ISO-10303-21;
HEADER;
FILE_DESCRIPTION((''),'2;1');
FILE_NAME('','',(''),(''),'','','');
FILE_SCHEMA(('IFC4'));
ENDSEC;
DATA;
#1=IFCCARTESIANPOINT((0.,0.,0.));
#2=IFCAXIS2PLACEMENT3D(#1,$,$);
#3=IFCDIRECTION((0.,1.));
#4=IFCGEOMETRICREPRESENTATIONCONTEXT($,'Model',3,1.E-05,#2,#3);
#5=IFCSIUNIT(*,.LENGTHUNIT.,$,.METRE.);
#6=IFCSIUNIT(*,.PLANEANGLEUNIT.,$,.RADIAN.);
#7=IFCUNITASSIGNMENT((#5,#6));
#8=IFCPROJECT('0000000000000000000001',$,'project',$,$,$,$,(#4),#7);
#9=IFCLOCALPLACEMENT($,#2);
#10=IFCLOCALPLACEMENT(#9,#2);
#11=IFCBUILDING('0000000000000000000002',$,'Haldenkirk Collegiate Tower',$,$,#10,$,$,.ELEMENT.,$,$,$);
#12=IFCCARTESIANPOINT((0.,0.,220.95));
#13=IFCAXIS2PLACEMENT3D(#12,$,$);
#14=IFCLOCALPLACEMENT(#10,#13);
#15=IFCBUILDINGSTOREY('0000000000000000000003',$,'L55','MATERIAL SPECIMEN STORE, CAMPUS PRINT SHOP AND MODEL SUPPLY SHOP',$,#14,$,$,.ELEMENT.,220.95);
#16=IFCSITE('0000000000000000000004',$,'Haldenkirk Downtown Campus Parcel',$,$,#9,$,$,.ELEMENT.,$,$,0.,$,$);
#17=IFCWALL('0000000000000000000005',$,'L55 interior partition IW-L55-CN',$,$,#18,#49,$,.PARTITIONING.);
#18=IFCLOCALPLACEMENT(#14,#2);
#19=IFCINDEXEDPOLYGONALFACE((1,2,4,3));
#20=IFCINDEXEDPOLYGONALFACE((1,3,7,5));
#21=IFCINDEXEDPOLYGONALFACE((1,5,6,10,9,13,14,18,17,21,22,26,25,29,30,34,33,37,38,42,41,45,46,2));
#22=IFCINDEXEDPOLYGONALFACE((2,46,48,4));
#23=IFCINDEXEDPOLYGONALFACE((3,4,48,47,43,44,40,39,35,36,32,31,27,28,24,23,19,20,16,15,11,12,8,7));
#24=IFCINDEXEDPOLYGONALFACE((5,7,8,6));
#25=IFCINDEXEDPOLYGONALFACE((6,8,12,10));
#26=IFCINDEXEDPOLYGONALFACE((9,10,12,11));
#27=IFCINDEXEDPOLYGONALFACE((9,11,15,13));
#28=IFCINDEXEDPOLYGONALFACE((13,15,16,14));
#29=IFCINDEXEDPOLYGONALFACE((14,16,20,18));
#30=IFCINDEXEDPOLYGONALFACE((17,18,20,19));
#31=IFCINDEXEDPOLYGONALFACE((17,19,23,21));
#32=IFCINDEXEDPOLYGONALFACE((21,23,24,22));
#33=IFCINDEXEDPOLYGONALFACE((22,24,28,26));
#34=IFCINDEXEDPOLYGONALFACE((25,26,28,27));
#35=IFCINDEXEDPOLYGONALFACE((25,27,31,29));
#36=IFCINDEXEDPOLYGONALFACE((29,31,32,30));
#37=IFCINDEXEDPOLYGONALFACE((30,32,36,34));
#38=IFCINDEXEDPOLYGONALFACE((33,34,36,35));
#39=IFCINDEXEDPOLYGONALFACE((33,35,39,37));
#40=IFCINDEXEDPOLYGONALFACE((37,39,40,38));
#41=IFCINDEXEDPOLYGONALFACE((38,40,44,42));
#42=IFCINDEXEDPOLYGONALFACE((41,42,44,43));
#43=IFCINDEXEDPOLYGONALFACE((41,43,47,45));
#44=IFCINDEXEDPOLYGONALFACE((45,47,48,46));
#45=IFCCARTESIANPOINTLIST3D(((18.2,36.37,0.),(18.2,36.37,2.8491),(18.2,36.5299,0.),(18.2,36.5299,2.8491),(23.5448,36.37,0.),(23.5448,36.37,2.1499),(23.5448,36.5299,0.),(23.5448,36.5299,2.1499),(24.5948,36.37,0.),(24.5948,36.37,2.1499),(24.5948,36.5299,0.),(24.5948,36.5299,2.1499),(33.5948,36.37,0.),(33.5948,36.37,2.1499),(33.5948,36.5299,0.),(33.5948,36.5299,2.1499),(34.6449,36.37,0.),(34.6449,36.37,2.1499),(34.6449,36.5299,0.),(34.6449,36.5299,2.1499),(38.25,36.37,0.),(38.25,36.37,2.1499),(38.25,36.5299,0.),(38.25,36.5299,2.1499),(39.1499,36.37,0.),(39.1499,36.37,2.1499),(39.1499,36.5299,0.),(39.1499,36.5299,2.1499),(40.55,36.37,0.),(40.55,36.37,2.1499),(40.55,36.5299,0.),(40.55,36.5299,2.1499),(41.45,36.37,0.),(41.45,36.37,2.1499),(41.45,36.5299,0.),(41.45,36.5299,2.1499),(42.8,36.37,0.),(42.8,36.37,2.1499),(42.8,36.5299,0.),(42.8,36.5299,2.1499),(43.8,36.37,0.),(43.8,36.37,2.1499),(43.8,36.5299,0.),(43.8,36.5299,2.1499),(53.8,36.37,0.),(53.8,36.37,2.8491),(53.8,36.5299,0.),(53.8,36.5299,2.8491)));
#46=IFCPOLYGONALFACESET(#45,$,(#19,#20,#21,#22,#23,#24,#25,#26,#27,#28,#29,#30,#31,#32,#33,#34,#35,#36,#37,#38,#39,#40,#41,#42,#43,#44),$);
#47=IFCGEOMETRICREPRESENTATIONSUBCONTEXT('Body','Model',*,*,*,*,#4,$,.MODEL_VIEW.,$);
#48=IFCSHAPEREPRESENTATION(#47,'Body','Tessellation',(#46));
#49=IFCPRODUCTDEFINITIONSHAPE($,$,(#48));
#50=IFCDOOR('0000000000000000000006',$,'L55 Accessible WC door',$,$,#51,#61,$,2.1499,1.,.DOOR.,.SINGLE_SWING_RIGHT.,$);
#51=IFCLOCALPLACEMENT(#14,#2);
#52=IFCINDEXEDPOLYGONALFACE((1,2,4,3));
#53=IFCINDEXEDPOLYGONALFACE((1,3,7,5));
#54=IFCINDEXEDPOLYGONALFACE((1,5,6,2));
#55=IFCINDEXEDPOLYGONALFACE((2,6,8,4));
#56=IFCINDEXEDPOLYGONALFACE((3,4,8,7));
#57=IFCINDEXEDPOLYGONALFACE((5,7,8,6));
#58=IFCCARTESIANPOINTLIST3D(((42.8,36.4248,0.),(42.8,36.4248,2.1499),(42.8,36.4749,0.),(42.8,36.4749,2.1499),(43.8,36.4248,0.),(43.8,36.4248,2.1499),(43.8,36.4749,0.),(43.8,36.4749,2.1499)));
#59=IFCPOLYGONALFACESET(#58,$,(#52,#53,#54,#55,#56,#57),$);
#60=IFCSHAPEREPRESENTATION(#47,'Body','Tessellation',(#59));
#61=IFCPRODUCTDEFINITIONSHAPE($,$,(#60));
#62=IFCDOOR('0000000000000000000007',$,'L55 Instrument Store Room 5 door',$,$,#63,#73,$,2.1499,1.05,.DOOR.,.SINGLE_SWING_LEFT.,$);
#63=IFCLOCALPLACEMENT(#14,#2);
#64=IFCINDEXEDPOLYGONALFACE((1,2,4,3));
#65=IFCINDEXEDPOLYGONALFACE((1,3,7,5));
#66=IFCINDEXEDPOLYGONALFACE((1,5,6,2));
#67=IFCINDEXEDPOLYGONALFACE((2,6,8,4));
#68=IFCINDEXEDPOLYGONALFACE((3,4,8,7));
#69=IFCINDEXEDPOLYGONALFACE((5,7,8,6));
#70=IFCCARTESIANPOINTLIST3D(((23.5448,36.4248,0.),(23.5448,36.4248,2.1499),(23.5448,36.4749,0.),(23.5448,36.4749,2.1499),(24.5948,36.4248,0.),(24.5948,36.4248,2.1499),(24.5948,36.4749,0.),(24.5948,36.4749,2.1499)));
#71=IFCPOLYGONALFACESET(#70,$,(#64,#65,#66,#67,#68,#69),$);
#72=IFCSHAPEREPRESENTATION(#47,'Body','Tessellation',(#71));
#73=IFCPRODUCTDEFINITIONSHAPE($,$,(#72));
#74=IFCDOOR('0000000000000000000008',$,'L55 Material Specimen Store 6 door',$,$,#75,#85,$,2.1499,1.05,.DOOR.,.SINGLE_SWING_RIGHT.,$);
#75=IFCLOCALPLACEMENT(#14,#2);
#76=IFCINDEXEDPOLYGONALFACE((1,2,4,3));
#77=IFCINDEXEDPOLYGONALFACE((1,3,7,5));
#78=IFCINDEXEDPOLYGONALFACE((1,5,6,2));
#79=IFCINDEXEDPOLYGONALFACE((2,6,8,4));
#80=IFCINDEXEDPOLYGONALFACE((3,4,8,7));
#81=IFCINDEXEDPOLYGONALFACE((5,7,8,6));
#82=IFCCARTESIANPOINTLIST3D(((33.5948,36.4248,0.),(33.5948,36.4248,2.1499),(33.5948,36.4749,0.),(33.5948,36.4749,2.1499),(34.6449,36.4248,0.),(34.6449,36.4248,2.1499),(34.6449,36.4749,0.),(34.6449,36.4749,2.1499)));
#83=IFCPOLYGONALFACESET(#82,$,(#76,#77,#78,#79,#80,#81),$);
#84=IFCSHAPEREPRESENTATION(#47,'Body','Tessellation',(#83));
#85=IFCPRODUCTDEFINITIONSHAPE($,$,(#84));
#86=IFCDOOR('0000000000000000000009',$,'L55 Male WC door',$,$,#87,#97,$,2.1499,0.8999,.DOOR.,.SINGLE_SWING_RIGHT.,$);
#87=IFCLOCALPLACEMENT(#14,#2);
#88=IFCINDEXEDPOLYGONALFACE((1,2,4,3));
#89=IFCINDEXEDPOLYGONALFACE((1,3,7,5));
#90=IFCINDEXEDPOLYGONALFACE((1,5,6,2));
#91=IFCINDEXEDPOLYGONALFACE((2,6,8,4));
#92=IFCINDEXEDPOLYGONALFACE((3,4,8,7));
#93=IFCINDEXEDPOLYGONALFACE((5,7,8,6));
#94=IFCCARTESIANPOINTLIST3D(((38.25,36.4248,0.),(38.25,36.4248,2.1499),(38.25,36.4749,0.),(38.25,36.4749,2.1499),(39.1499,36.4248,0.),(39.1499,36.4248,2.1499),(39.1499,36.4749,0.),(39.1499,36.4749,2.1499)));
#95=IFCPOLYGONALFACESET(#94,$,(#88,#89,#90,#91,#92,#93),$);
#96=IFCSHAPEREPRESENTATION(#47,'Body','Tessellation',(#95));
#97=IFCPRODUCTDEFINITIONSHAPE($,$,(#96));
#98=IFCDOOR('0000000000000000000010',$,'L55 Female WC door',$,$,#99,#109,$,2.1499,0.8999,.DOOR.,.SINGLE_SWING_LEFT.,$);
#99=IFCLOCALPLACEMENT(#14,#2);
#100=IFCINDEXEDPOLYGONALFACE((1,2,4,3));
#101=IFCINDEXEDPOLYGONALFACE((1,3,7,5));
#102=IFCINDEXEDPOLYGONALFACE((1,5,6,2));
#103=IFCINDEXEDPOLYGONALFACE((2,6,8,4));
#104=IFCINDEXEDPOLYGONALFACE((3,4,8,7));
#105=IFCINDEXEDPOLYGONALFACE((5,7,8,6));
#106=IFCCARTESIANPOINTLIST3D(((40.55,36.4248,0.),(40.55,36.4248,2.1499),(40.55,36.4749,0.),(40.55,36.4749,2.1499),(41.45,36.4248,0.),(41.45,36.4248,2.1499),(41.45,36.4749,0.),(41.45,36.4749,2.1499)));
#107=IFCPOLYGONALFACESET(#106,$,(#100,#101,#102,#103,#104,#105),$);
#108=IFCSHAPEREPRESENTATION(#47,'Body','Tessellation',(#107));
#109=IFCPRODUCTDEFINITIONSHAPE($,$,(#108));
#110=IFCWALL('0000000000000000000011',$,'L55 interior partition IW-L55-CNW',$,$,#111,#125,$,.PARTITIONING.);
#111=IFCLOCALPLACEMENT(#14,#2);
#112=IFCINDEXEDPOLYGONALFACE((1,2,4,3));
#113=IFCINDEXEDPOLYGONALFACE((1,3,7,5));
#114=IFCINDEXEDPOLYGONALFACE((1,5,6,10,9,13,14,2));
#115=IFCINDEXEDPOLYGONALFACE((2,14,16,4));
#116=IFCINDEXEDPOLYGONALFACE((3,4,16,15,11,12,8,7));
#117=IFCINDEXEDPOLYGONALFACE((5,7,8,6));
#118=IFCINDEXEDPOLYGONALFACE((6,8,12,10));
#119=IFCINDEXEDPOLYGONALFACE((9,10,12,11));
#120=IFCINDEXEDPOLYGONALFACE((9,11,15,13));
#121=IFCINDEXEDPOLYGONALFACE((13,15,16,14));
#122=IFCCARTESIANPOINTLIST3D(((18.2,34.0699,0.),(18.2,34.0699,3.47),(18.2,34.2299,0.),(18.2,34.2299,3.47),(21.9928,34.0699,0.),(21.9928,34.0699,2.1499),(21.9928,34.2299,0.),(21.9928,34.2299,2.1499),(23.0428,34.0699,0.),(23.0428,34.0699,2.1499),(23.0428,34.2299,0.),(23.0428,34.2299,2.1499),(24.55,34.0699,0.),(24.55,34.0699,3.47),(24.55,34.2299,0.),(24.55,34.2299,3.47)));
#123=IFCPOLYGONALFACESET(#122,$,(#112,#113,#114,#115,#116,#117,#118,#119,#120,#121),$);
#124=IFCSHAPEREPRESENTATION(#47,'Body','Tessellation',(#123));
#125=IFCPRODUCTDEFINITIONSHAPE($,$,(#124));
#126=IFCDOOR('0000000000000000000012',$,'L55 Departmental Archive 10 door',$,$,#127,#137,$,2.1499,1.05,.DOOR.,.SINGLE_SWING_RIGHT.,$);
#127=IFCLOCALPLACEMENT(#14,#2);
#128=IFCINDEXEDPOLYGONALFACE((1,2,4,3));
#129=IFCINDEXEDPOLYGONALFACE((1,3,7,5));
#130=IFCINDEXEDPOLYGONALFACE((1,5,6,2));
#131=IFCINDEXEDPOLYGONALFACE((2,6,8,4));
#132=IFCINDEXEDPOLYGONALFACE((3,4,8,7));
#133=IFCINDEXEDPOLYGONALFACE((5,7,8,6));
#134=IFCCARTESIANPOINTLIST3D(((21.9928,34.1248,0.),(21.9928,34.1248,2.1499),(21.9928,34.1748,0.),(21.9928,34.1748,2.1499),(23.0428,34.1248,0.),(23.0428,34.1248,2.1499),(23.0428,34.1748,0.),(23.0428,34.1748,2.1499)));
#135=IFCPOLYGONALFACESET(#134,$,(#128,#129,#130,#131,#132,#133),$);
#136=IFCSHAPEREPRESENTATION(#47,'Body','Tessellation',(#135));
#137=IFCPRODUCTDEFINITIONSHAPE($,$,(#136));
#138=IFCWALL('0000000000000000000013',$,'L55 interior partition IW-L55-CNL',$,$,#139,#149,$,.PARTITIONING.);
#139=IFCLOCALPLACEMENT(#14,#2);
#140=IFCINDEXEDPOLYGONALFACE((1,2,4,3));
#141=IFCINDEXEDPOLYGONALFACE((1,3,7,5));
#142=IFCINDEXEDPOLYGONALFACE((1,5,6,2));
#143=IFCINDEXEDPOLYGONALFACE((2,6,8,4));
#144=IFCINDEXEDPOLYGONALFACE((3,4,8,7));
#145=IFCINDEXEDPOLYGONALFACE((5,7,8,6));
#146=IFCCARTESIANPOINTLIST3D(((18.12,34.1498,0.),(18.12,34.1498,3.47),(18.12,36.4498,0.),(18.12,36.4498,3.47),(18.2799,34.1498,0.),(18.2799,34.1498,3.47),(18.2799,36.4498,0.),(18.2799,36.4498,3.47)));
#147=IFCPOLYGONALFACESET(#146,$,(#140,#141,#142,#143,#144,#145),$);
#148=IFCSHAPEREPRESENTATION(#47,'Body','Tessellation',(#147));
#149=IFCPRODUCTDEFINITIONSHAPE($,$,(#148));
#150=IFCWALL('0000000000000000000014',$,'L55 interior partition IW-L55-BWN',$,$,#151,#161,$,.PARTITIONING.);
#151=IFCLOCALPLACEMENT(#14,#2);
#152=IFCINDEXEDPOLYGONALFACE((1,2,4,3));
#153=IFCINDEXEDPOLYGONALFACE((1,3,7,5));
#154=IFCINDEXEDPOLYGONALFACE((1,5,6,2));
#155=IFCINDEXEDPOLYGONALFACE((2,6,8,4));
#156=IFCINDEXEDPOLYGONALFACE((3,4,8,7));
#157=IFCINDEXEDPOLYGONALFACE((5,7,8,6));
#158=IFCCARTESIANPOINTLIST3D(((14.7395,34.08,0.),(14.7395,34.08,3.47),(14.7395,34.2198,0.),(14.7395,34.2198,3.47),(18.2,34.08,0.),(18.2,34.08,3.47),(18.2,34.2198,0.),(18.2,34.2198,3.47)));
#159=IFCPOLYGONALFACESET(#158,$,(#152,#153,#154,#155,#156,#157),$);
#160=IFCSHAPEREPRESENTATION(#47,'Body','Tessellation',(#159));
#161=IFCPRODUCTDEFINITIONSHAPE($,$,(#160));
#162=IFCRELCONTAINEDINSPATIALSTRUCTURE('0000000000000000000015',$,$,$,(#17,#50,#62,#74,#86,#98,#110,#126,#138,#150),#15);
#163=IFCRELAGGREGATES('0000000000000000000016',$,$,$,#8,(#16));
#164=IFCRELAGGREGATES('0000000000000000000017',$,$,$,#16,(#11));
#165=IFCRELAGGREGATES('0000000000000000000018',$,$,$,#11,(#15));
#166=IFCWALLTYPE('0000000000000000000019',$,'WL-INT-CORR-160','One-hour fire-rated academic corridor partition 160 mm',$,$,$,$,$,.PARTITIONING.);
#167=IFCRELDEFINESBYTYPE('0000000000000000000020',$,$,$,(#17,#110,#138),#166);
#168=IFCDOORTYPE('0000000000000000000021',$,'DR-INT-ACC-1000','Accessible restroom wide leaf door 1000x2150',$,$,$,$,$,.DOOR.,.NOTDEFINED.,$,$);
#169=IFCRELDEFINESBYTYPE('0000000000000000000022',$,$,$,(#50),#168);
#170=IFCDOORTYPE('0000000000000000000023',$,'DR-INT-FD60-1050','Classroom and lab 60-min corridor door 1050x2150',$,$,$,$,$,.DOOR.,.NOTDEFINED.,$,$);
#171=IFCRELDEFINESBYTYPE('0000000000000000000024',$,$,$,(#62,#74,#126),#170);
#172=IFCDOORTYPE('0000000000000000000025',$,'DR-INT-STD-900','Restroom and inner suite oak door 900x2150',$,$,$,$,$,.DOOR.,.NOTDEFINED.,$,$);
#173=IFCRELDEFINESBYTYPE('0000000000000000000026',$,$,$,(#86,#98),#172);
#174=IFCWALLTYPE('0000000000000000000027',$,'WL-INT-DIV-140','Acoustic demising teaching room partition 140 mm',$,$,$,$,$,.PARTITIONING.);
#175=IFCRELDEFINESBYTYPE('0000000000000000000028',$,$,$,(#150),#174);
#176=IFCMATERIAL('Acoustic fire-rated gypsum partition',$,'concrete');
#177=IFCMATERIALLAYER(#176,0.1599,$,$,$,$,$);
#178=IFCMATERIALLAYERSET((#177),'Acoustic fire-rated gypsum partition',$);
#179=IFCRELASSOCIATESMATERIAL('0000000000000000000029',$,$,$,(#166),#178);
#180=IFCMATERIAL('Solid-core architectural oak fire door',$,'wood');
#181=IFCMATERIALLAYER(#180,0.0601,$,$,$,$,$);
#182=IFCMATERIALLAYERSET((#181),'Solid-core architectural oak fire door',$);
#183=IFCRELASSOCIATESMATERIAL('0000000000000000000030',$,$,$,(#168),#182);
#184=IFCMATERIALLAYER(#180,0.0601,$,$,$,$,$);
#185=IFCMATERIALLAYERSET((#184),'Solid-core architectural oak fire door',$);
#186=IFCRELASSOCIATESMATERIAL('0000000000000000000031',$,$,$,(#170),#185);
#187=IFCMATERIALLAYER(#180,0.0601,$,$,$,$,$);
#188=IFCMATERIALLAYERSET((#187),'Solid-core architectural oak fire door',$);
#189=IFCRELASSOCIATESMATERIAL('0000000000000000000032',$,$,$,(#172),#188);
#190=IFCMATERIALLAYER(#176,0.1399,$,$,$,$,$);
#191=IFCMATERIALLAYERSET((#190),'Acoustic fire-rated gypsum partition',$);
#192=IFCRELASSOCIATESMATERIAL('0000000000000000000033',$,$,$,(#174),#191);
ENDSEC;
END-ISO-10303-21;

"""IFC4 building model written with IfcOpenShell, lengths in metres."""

from ifc_helpers import new_model, si_unit, direction, frame, frame_2d, origin, place, context, subcontext, project, spatial, rectangle, extrude, material, layer, layer_set, type_object, element, fill, save


model = new_model("IFC4")

# Units and contexts
model_context = context("Model", 3, precision=1e-05, world=origin(), true_north=direction((0.0, 1.0)))
body_context = subcontext(model_context, "Body", "Model", "MODEL_VIEW")
ifc_project = project(units=[si_unit("LENGTHUNIT", "METRE"), si_unit("PLANEANGLEUNIT", "RADIAN")], contexts=[model_context])

# Site, building, storey
site_placement = place(None, origin())
site = spatial("IfcSite", under=ifc_project, at=site_placement, Name="Haldenkirk Downtown Campus Parcel", CompositionType="ELEMENT", RefElevation=0.0)
building_placement = place(site_placement, origin())
building = spatial("IfcBuilding", under=site, at=building_placement, Name="Haldenkirk Collegiate Tower", CompositionType="ELEMENT")
storey_placement = place(building_placement, frame((0.0, 0.0, 220.95)))
storey = spatial("IfcBuildingStorey", under=building, at=storey_placement, Name="L55", Description="MATERIAL SPECIMEN STORE, CAMPUS PRINT SHOP AND MODEL SUPPLY SHOP", CompositionType="ELEMENT", Elevation=220.95)

# Wall, openings, doors
ifc_material_1 = material(Name="Acoustic fire-rated gypsum partition", Category="concrete")
ifc_layer_1 = layer(ifc_material_1, 0.1599)
ifc_layer_set_1 = layer_set([ifc_layer_1], Name="Acoustic fire-rated gypsum partition")
wall_type_1 = type_object("IfcWallType", Name="WL-INT-CORR-160", Description="One-hour fire-rated academic corridor partition 160 mm", PredefinedType="PARTITIONING", material=ifc_layer_set_1)
wall_1_placement = place(storey_placement, frame((18.2, 36.45, 0.0), z_axis=(0.0, 0.0, 1.0), x_axis=(1.0, 0.0, 0.0)))
wall_1 = element("IfcWall", 1, at=wall_1_placement, inside=storey, type_object=wall_type_1, Name="L55 interior partition IW-L55-CN", PredefinedType="PARTITIONING", context=body_context, shape_type="SweptSolid", body=[
    extrude(rectangle(XDim=35.6001, YDim=0.1599, at=frame_2d((17.8, 0.0))), origin(), (0.0, 0.0, 1.0), 2.8491),
])
opening_1_placement = place(wall_1_placement, frame((20.05, 0.0, 0.0)))
opening_1 = element("IfcOpeningElement", 2, at=opening_1_placement, cuts=wall_1, PredefinedType="OPENING", context=body_context, shape_type="SweptSolid", body=[
    extrude(rectangle(XDim=0.8999, YDim=2.1499, at=frame_2d((0.45, 1.075))), frame((0.0, 0.0898, 0.0), z_axis=(0.0, -1.0, 0.0), x_axis=(1.0, 0.0, 0.0)), (0.0, 0.0, 1.0), 0.1799),
])
opening_2_placement = place(wall_1_placement, frame((22.3501, 0.0, 0.0)))
opening_2 = element("IfcOpeningElement", 3, at=opening_2_placement, cuts=wall_1, PredefinedType="OPENING", context=body_context, shape_type="SweptSolid", body=[
    extrude(rectangle(XDim=0.8999, YDim=2.1499, at=frame_2d((0.45, 1.075))), frame((0.0, 0.0898, 0.0), z_axis=(0.0, -1.0, 0.0), x_axis=(1.0, 0.0, 0.0)), (0.0, 0.0, 1.0), 0.1799),
])
opening_3_placement = place(wall_1_placement, frame((24.6001, 0.0, 0.0)))
opening_3 = element("IfcOpeningElement", 4, at=opening_3_placement, cuts=wall_1, PredefinedType="OPENING", context=body_context, shape_type="SweptSolid", body=[
    extrude(rectangle(XDim=1.0, YDim=2.1499, at=frame_2d((0.5, 1.075))), frame((0.0, 0.0898, 0.0), z_axis=(0.0, -1.0, 0.0), x_axis=(1.0, 0.0, 0.0)), (0.0, 0.0, 1.0), 0.1799),
])
opening_4_placement = place(wall_1_placement, frame((5.345, 0.0, 0.0)))
opening_4 = element("IfcOpeningElement", 5, at=opening_4_placement, cuts=wall_1, PredefinedType="OPENING", context=body_context, shape_type="SweptSolid", body=[
    extrude(rectangle(XDim=1.05, YDim=2.1499, at=frame_2d((0.5249, 1.075))), frame((0.0, 0.0898, 0.0), z_axis=(0.0, -1.0, 0.0), x_axis=(1.0, 0.0, 0.0)), (0.0, 0.0, 1.0), 0.1799),
])
opening_5_placement = place(wall_1_placement, frame((15.395, 0.0, 0.0)))
opening_5 = element("IfcOpeningElement", 6, at=opening_5_placement, cuts=wall_1, PredefinedType="OPENING", context=body_context, shape_type="SweptSolid", body=[
    extrude(rectangle(XDim=1.05, YDim=2.1499, at=frame_2d((0.5249, 1.075))), frame((0.0, 0.0898, 0.0), z_axis=(0.0, -1.0, 0.0), x_axis=(1.0, 0.0, 0.0)), (0.0, 0.0, 1.0), 0.1799),
])
ifc_material_2 = material(Name="Solid-core architectural oak fire door", Category="wood")
ifc_layer_2 = layer(ifc_material_2, 0.0601)
ifc_layer_set_2 = layer_set([ifc_layer_2], Name="Solid-core architectural oak fire door")
door_type_1 = type_object("IfcDoorType", Name="DR-INT-ACC-1000", Description="Accessible restroom wide leaf door 1000x2150", OperationType="NOTDEFINED", PredefinedType="DOOR", material=ifc_layer_set_2)
door_1_placement = place(opening_3_placement, origin())
door_1 = element("IfcDoor", 7, at=door_1_placement, inside=storey, type_object=door_type_1, Name="L55 Accessible WC door", OperationType="SINGLE_SWING_RIGHT", OverallHeight=2.1499, OverallWidth=1.0, PredefinedType="DOOR", context=body_context, shape_type="SweptSolid", body=[
    extrude(rectangle(XDim=1.0, YDim=2.1499, at=frame_2d((0.5, 1.075))), frame((0.0, 0.0249, 0.0), z_axis=(0.0, -1.0, 0.0), x_axis=(1.0, 0.0, 0.0)), (0.0, 0.0, 1.0), 0.05),
])
fill(opening_3, door_1)
ifc_layer_3 = layer(ifc_material_2, 0.0601)
ifc_layer_set_3 = layer_set([ifc_layer_3], Name="Solid-core architectural oak fire door")
door_type_2 = type_object("IfcDoorType", Name="DR-INT-FD60-1050", Description="Classroom and lab 60-min corridor door 1050x2150", OperationType="NOTDEFINED", PredefinedType="DOOR", material=ifc_layer_set_3)
door_2_placement = place(opening_4_placement, origin())
door_2 = element("IfcDoor", 8, at=door_2_placement, inside=storey, type_object=door_type_2, Name="L55 Instrument Store Room 5 door", OperationType="SINGLE_SWING_LEFT", OverallHeight=2.1499, OverallWidth=1.05, PredefinedType="DOOR", context=body_context, shape_type="SweptSolid", body=[
    extrude(rectangle(XDim=1.05, YDim=2.1499, at=frame_2d((0.5249, 1.075))), frame((0.0, 0.0249, 0.0), z_axis=(0.0, -1.0, 0.0), x_axis=(1.0, 0.0, 0.0)), (0.0, 0.0, 1.0), 0.05),
])
fill(opening_4, door_2)
door_3_placement = place(opening_5_placement, origin())
door_3 = element("IfcDoor", 9, at=door_3_placement, inside=storey, type_object=door_type_2, Name="L55 Material Specimen Store 6 door", OperationType="SINGLE_SWING_RIGHT", OverallHeight=2.1499, OverallWidth=1.05, PredefinedType="DOOR", context=body_context, shape_type="SweptSolid", body=[
    extrude(rectangle(XDim=1.05, YDim=2.1499, at=frame_2d((0.5249, 1.075))), frame((0.0, 0.0249, 0.0), z_axis=(0.0, -1.0, 0.0), x_axis=(1.0, 0.0, 0.0)), (0.0, 0.0, 1.0), 0.05),
])
fill(opening_5, door_3)
ifc_layer_4 = layer(ifc_material_2, 0.0601)
ifc_layer_set_4 = layer_set([ifc_layer_4], Name="Solid-core architectural oak fire door")
door_type_3 = type_object("IfcDoorType", Name="DR-INT-STD-900", Description="Restroom and inner suite oak door 900x2150", OperationType="NOTDEFINED", PredefinedType="DOOR", material=ifc_layer_set_4)
door_4_placement = place(opening_1_placement, origin())
door_4 = element("IfcDoor", 10, at=door_4_placement, inside=storey, type_object=door_type_3, Name="L55 Male WC door", OperationType="SINGLE_SWING_RIGHT", OverallHeight=2.1499, OverallWidth=0.8999, PredefinedType="DOOR", context=body_context, shape_type="SweptSolid", body=[
    extrude(rectangle(XDim=0.8999, YDim=2.1499, at=frame_2d((0.45, 1.075))), frame((0.0, 0.0249, 0.0), z_axis=(0.0, -1.0, 0.0), x_axis=(1.0, 0.0, 0.0)), (0.0, 0.0, 1.0), 0.05),
])
fill(opening_1, door_4)
door_5_placement = place(opening_2_placement, origin())
door_5 = element("IfcDoor", 11, at=door_5_placement, inside=storey, type_object=door_type_3, Name="L55 Female WC door", OperationType="SINGLE_SWING_LEFT", OverallHeight=2.1499, OverallWidth=0.8999, PredefinedType="DOOR", context=body_context, shape_type="SweptSolid", body=[
    extrude(rectangle(XDim=0.8999, YDim=2.1499, at=frame_2d((0.45, 1.075))), frame((0.0, 0.0249, 0.0), z_axis=(0.0, -1.0, 0.0), x_axis=(1.0, 0.0, 0.0)), (0.0, 0.0, 1.0), 0.05),
])
fill(opening_2, door_5)

# Wall, opening, door
wall_2_placement = place(storey_placement, frame((18.2, 34.1499, 0.0), z_axis=(0.0, 0.0, 1.0), x_axis=(1.0, 0.0, 0.0)))
wall_2 = element("IfcWall", 12, at=wall_2_placement, inside=storey, type_object=wall_type_1, Name="L55 interior partition IW-L55-CNW", PredefinedType="PARTITIONING", context=body_context, shape_type="SweptSolid", body=[
    extrude(rectangle(XDim=6.3501, YDim=0.1599, at=frame_2d((3.175, 0.0))), origin(), (0.0, 0.0, 1.0), 3.47),
])
opening_6_placement = place(wall_2_placement, frame((3.793, 0.0, 0.0)))
opening_6 = element("IfcOpeningElement", 13, at=opening_6_placement, cuts=wall_2, PredefinedType="OPENING", context=body_context, shape_type="SweptSolid", body=[
    extrude(rectangle(XDim=1.05, YDim=2.1499, at=frame_2d((0.5249, 1.075))), frame((0.0, 0.0898, 0.0), z_axis=(0.0, -1.0, 0.0), x_axis=(1.0, 0.0, 0.0)), (0.0, 0.0, 1.0), 0.1799),
])
door_6_placement = place(opening_6_placement, origin())
door_6 = element("IfcDoor", 14, at=door_6_placement, inside=storey, type_object=door_type_2, Name="L55 Departmental Archive 10 door", OperationType="SINGLE_SWING_RIGHT", OverallHeight=2.1499, OverallWidth=1.05, PredefinedType="DOOR", context=body_context, shape_type="SweptSolid", body=[
    extrude(rectangle(XDim=1.05, YDim=2.1499, at=frame_2d((0.5249, 1.075))), frame((0.0, 0.0249, 0.0), z_axis=(0.0, -1.0, 0.0), x_axis=(1.0, 0.0, 0.0)), (0.0, 0.0, 1.0), 0.05),
])
fill(opening_6, door_6)

# Walls
wall_3_placement = place(storey_placement, frame((18.2, 34.1499, 0.0), z_axis=(0.0, 0.0, 1.0), x_axis=(0.0, 1.0, 0.0)))
element("IfcWall", 15, at=wall_3_placement, inside=storey, type_object=wall_type_1, Name="L55 interior partition IW-L55-CNL", PredefinedType="PARTITIONING", context=body_context, shape_type="SweptSolid", body=[
    extrude(rectangle(XDim=2.3, YDim=0.1599, at=frame_2d((1.1499, 0.0))), origin(), (0.0, 0.0, 1.0), 3.47),
])
ifc_layer_5 = layer(ifc_material_1, 0.1399)
ifc_layer_set_5 = layer_set([ifc_layer_5], Name="Acoustic fire-rated gypsum partition")
wall_type_2 = type_object("IfcWallType", Name="WL-INT-DIV-140", Description="Acoustic demising teaching room partition 140 mm", PredefinedType="PARTITIONING", material=ifc_layer_set_5)
wall_4_placement = place(storey_placement, frame((14.7395, 34.1499, 0.0), z_axis=(0.0, 0.0, 1.0), x_axis=(1.0, 0.0, 0.0)))
element("IfcWall", 16, at=wall_4_placement, inside=storey, type_object=wall_type_2, Name="L55 interior partition IW-L55-BWN", PredefinedType="PARTITIONING", context=body_context, shape_type="SweptSolid", body=[
    extrude(rectangle(XDim=3.4604, YDim=0.1399, at=frame_2d((1.7302, 0.0))), origin(), (0.0, 0.0, 1.0), 3.47),
])

save(model, "model.ifc")
